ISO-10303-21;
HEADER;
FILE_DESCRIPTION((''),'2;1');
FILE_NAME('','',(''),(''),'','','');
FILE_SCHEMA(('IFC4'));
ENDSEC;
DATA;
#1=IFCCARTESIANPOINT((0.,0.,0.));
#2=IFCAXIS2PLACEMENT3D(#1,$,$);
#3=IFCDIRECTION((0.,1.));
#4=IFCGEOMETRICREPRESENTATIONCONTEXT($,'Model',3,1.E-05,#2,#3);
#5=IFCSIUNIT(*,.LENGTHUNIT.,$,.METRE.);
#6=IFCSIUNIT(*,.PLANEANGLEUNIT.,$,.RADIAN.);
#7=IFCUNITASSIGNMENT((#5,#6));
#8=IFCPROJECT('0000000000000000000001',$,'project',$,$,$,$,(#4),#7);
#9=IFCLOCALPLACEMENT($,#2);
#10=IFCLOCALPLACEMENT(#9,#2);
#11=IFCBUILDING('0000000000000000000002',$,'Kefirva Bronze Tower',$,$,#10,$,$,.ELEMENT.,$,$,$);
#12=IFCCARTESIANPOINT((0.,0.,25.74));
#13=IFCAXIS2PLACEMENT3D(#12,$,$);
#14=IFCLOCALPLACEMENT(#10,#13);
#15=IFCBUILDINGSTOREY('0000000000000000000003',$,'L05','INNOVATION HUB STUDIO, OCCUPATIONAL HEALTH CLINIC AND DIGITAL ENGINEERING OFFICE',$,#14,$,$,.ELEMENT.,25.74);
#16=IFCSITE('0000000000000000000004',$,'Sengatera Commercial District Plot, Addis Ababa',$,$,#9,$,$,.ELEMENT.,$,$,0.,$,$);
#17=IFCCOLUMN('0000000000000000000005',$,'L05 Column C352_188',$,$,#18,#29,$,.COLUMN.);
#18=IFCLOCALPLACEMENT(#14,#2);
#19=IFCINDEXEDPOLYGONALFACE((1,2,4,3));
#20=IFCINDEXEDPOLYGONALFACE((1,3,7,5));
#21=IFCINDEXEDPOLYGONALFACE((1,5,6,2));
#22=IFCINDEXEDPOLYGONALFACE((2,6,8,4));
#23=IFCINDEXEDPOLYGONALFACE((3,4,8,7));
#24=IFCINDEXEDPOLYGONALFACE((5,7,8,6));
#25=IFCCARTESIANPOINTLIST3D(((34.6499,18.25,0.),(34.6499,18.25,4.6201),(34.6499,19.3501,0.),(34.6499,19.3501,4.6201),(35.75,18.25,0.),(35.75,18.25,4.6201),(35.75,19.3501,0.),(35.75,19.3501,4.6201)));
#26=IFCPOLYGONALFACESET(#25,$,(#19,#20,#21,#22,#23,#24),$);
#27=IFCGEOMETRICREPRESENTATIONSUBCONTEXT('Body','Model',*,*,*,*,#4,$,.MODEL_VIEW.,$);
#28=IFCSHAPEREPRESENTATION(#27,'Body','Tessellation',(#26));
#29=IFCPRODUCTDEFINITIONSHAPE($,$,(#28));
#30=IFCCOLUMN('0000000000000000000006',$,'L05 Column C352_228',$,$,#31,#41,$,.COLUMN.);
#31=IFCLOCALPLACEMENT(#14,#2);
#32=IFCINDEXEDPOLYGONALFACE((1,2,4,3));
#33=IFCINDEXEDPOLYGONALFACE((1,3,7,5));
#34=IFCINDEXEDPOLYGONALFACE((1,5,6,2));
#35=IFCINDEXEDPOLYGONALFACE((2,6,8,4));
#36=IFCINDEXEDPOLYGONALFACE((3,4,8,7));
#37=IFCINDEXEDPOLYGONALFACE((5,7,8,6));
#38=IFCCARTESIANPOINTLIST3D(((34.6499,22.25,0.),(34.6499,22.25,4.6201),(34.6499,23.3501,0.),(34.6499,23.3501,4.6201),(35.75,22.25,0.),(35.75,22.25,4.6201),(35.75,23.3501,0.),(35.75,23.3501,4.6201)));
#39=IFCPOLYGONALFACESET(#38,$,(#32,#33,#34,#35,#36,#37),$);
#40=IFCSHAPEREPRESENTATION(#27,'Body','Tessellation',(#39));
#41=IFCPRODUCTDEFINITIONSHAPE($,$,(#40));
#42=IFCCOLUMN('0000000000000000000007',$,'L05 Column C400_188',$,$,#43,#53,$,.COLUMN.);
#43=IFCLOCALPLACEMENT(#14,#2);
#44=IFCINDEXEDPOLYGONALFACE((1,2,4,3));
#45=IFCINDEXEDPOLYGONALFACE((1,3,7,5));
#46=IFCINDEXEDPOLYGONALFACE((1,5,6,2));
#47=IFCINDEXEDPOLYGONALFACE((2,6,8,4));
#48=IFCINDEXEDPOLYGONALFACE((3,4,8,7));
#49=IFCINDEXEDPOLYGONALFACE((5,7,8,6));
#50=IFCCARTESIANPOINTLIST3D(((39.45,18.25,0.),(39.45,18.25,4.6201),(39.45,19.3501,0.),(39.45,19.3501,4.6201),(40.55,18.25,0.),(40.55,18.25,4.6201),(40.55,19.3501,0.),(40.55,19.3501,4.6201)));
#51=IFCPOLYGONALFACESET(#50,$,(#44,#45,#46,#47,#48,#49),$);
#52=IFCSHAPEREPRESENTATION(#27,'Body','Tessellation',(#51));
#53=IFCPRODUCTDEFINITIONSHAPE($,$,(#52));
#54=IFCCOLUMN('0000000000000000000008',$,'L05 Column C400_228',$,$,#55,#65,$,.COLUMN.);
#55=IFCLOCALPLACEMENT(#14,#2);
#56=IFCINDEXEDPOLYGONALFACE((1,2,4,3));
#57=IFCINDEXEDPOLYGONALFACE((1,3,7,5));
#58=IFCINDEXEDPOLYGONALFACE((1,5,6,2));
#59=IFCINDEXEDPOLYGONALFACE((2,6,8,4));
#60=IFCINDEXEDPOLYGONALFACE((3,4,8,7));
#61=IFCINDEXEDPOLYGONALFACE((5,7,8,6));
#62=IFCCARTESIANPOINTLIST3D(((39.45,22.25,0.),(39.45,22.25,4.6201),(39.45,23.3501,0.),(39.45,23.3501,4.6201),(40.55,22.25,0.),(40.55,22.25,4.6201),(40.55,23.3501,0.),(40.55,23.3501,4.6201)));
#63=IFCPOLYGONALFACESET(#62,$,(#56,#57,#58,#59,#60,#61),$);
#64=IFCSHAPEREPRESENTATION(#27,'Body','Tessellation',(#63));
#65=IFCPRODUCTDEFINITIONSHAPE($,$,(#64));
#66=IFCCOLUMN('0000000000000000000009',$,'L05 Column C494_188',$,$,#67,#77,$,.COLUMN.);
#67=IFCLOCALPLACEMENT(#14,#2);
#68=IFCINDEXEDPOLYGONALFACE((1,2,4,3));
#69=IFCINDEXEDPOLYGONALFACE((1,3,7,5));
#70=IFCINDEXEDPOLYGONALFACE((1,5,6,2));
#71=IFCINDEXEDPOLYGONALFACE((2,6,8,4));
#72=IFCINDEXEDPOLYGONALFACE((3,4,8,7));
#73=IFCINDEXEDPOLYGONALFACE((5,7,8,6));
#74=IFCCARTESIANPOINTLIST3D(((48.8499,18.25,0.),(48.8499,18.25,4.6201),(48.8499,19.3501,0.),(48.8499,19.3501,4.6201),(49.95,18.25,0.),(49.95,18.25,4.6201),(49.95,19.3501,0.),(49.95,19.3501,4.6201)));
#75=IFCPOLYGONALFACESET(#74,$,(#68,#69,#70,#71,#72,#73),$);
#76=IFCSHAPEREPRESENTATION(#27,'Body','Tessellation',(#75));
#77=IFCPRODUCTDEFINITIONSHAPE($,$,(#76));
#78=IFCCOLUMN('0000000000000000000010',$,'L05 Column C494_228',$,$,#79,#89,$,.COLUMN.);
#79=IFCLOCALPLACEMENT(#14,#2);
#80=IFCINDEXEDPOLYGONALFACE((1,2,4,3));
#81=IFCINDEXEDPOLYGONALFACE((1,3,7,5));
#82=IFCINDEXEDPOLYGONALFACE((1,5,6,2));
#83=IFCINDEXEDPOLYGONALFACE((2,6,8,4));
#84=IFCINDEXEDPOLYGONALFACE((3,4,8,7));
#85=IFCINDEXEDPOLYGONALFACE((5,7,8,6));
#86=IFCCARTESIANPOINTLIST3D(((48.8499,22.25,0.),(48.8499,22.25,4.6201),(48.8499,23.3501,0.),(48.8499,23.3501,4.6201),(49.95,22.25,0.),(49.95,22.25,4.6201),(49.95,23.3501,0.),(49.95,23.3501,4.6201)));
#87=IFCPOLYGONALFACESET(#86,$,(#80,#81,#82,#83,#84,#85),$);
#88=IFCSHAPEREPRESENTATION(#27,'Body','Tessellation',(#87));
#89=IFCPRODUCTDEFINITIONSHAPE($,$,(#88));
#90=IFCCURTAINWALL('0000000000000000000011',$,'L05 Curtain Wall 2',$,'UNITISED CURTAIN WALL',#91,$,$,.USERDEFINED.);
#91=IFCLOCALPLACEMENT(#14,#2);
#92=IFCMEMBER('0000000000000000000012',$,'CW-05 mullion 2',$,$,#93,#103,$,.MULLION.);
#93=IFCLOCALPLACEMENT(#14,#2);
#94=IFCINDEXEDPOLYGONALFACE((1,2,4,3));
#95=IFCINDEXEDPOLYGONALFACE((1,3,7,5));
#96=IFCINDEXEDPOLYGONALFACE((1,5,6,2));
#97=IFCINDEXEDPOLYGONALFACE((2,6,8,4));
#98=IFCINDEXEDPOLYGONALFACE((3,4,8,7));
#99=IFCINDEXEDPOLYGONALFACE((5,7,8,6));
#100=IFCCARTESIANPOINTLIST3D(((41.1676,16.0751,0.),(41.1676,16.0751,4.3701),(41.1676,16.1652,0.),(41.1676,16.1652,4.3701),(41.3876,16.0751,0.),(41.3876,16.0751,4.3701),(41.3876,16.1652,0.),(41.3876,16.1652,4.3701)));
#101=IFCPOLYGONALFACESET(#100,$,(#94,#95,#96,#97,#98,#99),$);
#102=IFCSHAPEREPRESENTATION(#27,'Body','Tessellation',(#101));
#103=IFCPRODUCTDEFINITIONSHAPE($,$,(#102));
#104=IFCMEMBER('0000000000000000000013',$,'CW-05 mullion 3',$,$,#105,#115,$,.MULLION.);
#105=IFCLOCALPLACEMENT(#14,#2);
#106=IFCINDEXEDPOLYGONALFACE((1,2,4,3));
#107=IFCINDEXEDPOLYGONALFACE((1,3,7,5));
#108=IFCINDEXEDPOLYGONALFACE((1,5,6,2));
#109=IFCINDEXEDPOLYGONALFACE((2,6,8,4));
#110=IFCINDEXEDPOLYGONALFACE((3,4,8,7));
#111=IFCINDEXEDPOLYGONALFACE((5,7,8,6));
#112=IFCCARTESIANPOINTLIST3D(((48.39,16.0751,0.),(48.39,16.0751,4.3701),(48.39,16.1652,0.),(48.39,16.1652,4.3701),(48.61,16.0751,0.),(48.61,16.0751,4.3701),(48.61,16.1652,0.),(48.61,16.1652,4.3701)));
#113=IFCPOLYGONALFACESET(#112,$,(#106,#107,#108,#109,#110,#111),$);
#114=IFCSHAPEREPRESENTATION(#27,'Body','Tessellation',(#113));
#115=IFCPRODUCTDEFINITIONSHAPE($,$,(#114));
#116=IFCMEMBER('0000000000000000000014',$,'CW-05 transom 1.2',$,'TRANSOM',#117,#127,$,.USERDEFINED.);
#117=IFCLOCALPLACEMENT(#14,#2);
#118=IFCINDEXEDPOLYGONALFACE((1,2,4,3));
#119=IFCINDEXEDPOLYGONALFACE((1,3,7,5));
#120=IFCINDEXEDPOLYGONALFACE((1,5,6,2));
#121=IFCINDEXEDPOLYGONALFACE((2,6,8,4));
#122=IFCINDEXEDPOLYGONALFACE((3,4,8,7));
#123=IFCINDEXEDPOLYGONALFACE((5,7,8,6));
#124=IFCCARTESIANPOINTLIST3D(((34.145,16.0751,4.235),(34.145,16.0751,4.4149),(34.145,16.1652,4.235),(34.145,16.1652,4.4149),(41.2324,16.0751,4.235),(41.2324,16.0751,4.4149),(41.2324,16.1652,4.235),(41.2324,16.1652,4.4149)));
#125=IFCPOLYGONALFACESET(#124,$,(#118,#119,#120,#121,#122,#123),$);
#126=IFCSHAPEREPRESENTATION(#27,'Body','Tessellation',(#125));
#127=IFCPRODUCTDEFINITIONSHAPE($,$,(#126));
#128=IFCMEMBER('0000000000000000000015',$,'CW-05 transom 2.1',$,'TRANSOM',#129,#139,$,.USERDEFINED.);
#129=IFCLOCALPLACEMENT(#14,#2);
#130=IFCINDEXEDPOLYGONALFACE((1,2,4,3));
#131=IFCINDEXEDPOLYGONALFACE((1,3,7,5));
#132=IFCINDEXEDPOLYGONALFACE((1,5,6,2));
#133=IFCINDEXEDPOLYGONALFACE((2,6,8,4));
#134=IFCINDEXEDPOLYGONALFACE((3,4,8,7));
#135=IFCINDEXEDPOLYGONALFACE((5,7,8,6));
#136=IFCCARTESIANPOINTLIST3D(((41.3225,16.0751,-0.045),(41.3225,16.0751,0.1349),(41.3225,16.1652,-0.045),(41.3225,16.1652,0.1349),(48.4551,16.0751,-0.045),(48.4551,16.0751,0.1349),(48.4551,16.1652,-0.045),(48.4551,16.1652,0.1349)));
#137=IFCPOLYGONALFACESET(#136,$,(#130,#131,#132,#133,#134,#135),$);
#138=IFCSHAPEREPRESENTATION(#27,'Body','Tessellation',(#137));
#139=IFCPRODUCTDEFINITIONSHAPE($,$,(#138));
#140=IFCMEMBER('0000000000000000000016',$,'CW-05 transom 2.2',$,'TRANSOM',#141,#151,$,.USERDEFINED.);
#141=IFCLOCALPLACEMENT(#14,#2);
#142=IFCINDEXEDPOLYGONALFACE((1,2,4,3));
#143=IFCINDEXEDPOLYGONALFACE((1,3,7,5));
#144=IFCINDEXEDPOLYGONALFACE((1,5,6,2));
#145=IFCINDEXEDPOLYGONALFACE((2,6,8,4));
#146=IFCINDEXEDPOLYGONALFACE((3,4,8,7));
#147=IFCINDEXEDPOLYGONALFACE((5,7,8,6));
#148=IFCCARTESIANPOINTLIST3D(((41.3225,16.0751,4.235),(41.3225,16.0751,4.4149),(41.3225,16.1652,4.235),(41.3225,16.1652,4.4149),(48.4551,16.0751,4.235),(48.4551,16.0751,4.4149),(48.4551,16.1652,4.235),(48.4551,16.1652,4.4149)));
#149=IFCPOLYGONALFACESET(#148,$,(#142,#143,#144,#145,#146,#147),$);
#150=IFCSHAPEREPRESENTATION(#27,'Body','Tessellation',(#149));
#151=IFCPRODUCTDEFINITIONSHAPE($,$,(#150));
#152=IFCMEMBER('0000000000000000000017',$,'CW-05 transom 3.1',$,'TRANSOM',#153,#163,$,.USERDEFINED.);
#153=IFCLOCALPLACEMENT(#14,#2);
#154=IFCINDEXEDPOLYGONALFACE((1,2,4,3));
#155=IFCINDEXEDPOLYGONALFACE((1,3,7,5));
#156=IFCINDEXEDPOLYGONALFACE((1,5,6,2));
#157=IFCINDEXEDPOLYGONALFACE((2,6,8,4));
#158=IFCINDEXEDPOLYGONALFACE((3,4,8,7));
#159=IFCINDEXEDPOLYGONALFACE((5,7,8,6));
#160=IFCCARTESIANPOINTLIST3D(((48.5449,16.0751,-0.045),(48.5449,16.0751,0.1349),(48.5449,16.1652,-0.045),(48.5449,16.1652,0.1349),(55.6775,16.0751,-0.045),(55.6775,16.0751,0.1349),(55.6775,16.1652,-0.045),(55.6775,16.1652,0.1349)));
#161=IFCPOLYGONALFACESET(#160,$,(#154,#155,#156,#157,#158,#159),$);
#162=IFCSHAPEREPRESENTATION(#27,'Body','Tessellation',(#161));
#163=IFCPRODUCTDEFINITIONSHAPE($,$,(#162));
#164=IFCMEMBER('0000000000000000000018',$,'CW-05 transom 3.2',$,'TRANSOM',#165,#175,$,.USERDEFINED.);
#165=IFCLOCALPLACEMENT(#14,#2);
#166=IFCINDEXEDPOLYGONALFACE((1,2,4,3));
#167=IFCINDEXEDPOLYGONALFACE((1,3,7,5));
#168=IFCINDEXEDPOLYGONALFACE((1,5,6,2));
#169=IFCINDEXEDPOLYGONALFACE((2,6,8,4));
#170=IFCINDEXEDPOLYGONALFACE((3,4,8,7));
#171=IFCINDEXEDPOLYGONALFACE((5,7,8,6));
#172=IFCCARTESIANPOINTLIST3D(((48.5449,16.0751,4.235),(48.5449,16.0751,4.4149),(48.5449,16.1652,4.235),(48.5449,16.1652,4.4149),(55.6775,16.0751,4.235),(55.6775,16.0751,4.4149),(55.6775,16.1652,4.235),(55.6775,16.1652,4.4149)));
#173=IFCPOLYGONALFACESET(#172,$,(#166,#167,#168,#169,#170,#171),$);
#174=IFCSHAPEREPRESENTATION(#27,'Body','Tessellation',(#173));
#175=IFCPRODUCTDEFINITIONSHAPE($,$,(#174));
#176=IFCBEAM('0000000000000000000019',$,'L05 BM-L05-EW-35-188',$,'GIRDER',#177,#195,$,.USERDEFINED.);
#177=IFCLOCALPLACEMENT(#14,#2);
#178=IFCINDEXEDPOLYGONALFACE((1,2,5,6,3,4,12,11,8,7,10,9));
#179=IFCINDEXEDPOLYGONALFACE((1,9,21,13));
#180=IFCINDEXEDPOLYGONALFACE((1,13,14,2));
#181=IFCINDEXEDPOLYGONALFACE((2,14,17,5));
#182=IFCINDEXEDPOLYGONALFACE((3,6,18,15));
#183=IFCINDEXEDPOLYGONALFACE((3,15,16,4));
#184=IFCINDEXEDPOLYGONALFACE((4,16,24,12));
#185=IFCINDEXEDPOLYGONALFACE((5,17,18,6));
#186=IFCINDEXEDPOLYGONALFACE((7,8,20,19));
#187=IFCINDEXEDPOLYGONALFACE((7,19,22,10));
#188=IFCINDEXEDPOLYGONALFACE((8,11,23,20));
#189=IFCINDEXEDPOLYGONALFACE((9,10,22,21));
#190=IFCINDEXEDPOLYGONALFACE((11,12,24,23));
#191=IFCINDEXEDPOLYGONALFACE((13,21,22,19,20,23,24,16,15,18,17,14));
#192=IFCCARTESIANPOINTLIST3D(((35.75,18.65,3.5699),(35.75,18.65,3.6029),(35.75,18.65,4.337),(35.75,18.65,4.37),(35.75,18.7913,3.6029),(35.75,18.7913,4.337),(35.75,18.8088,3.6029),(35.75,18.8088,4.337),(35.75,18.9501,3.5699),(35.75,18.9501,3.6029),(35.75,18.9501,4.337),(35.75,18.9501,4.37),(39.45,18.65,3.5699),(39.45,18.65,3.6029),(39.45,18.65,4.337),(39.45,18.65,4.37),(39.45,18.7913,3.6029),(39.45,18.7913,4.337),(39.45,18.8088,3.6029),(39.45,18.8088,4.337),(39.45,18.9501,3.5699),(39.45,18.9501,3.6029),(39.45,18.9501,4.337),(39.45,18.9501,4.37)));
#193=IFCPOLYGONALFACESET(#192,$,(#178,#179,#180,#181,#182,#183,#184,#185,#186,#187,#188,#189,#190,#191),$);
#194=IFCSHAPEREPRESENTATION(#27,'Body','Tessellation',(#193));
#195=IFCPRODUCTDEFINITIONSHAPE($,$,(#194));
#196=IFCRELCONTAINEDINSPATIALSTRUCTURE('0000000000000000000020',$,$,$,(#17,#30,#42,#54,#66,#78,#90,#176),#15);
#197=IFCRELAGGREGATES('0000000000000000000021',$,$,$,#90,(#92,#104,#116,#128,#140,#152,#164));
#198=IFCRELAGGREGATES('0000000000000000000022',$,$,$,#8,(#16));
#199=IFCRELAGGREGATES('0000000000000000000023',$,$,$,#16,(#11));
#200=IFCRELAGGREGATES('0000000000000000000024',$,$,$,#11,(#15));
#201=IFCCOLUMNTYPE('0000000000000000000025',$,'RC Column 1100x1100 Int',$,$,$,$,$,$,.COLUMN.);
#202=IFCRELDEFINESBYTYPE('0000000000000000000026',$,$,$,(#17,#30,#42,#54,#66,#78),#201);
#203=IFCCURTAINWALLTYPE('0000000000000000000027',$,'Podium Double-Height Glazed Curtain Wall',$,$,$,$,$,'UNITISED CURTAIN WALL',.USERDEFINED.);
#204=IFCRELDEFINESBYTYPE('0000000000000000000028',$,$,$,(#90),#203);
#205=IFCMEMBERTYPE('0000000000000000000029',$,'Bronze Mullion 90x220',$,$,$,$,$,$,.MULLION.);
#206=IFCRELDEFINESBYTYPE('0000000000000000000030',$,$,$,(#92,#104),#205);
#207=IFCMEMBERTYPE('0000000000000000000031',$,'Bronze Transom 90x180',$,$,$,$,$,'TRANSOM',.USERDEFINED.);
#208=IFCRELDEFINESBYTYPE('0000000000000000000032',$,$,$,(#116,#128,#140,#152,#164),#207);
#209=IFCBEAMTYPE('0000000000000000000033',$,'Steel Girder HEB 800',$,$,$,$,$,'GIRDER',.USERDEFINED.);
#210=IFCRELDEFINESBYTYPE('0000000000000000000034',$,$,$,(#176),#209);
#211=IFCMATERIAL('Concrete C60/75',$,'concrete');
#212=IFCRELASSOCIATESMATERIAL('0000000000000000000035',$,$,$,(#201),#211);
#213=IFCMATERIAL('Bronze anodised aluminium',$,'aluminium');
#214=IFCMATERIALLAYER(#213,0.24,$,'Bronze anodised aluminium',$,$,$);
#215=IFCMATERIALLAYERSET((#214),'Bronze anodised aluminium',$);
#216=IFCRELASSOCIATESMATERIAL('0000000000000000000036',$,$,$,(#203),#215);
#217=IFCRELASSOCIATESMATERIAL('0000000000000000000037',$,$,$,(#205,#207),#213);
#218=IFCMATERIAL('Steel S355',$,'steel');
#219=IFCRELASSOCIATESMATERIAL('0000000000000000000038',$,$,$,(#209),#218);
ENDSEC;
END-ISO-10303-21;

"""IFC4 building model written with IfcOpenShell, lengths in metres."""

from ifc_helpers import new_model, si_unit, direction, frame, origin, origin_2d, place, context, subcontext, project, spatial, rectangle, i_section, extrude, material, layer, layer_set, material_profile, profile_set, type_object, element, aggregate, save


model = new_model("IFC4")

# Units and contexts
model_context = context("Model", 3, precision=1e-05, world=origin(), true_north=direction((0.0, 1.0)))
body_context = subcontext(model_context, "Body", "Model", "MODEL_VIEW")
ifc_project = project(units=[si_unit("LENGTHUNIT", "METRE"), si_unit("PLANEANGLEUNIT", "RADIAN")], contexts=[model_context])

# Site, building, storey
site_placement = place(None, origin())
site = spatial("IfcSite", under=ifc_project, at=site_placement, Name="Sengatera Commercial District Plot, Addis Ababa", CompositionType="ELEMENT", RefElevation=0.0)
building_placement = place(site_placement, origin())
building = spatial("IfcBuilding", under=site, at=building_placement, Name="Kefirva Bronze Tower", CompositionType="ELEMENT")
storey_placement = place(building_placement, frame((0.0, 0.0, 25.74)))
storey = spatial("IfcBuildingStorey", under=building, at=storey_placement, Name="L05", Description="INNOVATION HUB STUDIO, OCCUPATIONAL HEALTH CLINIC AND DIGITAL ENGINEERING OFFICE", CompositionType="ELEMENT", Elevation=25.74)

# Columns
ifc_material_1 = material(Name="Concrete C60/75", Category="concrete")
ifc_material_profile_1 = material_profile(ifc_material_1, rectangle(XDim=1.1001, YDim=1.1001, at=origin_2d()), Name="RC 1100x1100")
ifc_profile_set_1 = profile_set([ifc_material_profile_1], Name="Concrete C60/75")
column_type = type_object("IfcColumnType", Name="RC Column 1100x1100 Int", PredefinedType="COLUMN", material=ifc_profile_set_1)
for number, where, z_axis, x_axis, name in (
    (1, (35.2, 18.8, 0.0), (0.0, 0.0, 1.0), (1.0, 0.0, 0.0), "L05 Column C352_188"),
    (2, (35.2, 22.8, 0.0), (0.0, 0.0, 1.0), (1.0, 0.0, 0.0), "L05 Column C352_228"),
    (3, (40.0, 18.8, 0.0), (0.0, 0.0, 1.0), (1.0, 0.0, 0.0), "L05 Column C400_188"),
    (4, (40.0, 22.8, 0.0), (0.0, 0.0, 1.0), (1.0, 0.0, 0.0), "L05 Column C400_228"),
    (5, (49.3999, 18.8, 0.0), (0.0, 0.0, 1.0), (1.0, 0.0, 0.0), "L05 Column C494_188"),
    (6, (49.3999, 22.8, 0.0), (0.0, 0.0, 1.0), (1.0, 0.0, 0.0), "L05 Column C494_228"),
):
    element("IfcColumn", number, at=place(storey_placement, frame(where, z_axis=z_axis, x_axis=x_axis)), inside=storey, type_object=column_type, Name=name, PredefinedType="COLUMN", context=body_context, shape_type="SweptSolid", body=[
        extrude(rectangle(XDim=1.1001, YDim=1.1001, at=origin_2d()), origin(), (0.0, 0.0, 1.0), 4.6201),
    ])

# Curtain wall, members
ifc_material_2 = material(Name="Bronze anodised aluminium", Category="aluminium")
ifc_layer_1 = layer(ifc_material_2, 0.24, Name="Bronze anodised aluminium")
ifc_layer_set_1 = layer_set([ifc_layer_1], Name="Bronze anodised aluminium")
curtain_wall_type = type_object("IfcCurtainWallType", Name="Podium Double-Height Glazed Curtain Wall", ElementType="UNITISED CURTAIN WALL", PredefinedType="USERDEFINED", material=ifc_layer_set_1)
curtain_wall_placement = place(storey_placement, origin())
curtain_wall = element("IfcCurtainWall", 7, at=curtain_wall_placement, inside=storey, type_object=curtain_wall_type, Name="L05 Curtain Wall 2", ObjectType="UNITISED CURTAIN WALL", PredefinedType="USERDEFINED")
ifc_material_profile_2 = material_profile(ifc_material_2, rectangle(XDim=0.0901, YDim=0.22, at=origin_2d()), Name="ALU 90x220")
ifc_profile_set_2 = profile_set([ifc_material_profile_2], Name="Bronze anodised aluminium")
member_type_1 = type_object("IfcMemberType", Name="Bronze Mullion 90x220", PredefinedType="MULLION", material=ifc_profile_set_2)
member_1_placement = place(storey_placement, frame((41.2776, 16.1201, 0.0), z_axis=(0.0, 0.0, 1.0), x_axis=(0.0, 1.0, 0.0)))
member_1 = element("IfcMember", 8, at=member_1_placement, type_object=member_type_1, Name="CW-05 mullion 2", PredefinedType="MULLION", context=body_context, shape_type="SweptSolid", body=[
    extrude(rectangle(XDim=0.0901, YDim=0.22, at=origin_2d()), origin(), (0.0, 0.0, 1.0), 4.3701),
])
member_2_placement = place(storey_placement, frame((48.5, 16.1201, 0.0), z_axis=(0.0, 0.0, 1.0), x_axis=(0.0, 1.0, 0.0)))
member_2 = element("IfcMember", 9, at=member_2_placement, type_object=member_type_1, Name="CW-05 mullion 3", PredefinedType="MULLION", context=body_context, shape_type="SweptSolid", body=[
    extrude(rectangle(XDim=0.0901, YDim=0.22, at=origin_2d()), origin(), (0.0, 0.0, 1.0), 4.3701),
])
ifc_material_profile_3 = material_profile(ifc_material_2, rectangle(XDim=0.0901, YDim=0.1799, at=origin_2d()), Name="ALU 90x180")
ifc_profile_set_3 = profile_set([ifc_material_profile_3], Name="Bronze anodised aluminium")
member_type_2 = type_object("IfcMemberType", Name="Bronze Transom 90x180", ElementType="TRANSOM", PredefinedType="USERDEFINED", material=ifc_profile_set_3)
member_3_placement = place(storey_placement, frame((34.145, 16.1201, 4.325), z_axis=(1.0, 0.0, 0.0), x_axis=(0.0, 1.0, 0.0)))
member_3 = element("IfcMember", 10, at=member_3_placement, type_object=member_type_2, Name="CW-05 transom 1.2", ObjectType="TRANSOM", PredefinedType="USERDEFINED", context=body_context, shape_type="SweptSolid", body=[
    extrude(rectangle(XDim=0.0901, YDim=0.1799, at=origin_2d()), origin(), (0.0, 0.0, 1.0), 7.0874),
])
member_4_placement = place(storey_placement, frame((41.3225, 16.1201, 0.0449), z_axis=(1.0, 0.0, 0.0), x_axis=(0.0, 1.0, 0.0)))
member_4 = element("IfcMember", 11, at=member_4_placement, type_object=member_type_2, Name="CW-05 transom 2.1", ObjectType="TRANSOM", PredefinedType="USERDEFINED", context=body_context, shape_type="SweptSolid", body=[
    extrude(rectangle(XDim=0.0901, YDim=0.1799, at=origin_2d()), origin(), (0.0, 0.0, 1.0), 7.1326),
])
member_5_placement = place(storey_placement, frame((41.3225, 16.1201, 4.325), z_axis=(1.0, 0.0, 0.0), x_axis=(0.0, 1.0, 0.0)))
member_5 = element("IfcMember", 12, at=member_5_placement, type_object=member_type_2, Name="CW-05 transom 2.2", ObjectType="TRANSOM", PredefinedType="USERDEFINED", context=body_context, shape_type="SweptSolid", body=[
    extrude(rectangle(XDim=0.0901, YDim=0.1799, at=origin_2d()), origin(), (0.0, 0.0, 1.0), 7.1326),
])
member_6_placement = place(storey_placement, frame((48.5449, 16.1201, 0.0449), z_axis=(1.0, 0.0, 0.0), x_axis=(0.0, 1.0, 0.0)))
member_6 = element("IfcMember", 13, at=member_6_placement, type_object=member_type_2, Name="CW-05 transom 3.1", ObjectType="TRANSOM", PredefinedType="USERDEFINED", context=body_context, shape_type="SweptSolid", body=[
    extrude(rectangle(XDim=0.0901, YDim=0.1799, at=origin_2d()), origin(), (0.0, 0.0, 1.0), 7.1326),
])
member_7_placement = place(storey_placement, frame((48.5449, 16.1201, 4.325), z_axis=(1.0, 0.0, 0.0), x_axis=(0.0, 1.0, 0.0)))
member_7 = element("IfcMember", 14, at=member_7_placement, type_object=member_type_2, Name="CW-05 transom 3.2", ObjectType="TRANSOM", PredefinedType="USERDEFINED", context=body_context, shape_type="SweptSolid", body=[
    extrude(rectangle(XDim=0.0901, YDim=0.1799, at=origin_2d()), origin(), (0.0, 0.0, 1.0), 7.1326),
])

# Beam
ifc_material_3 = material(Name="Steel S355", Category="steel")
ifc_material_profile_4 = material_profile(ifc_material_3, i_section(OverallWidth=0.3, OverallDepth=0.8, WebThickness=0.0176, FlangeThickness=0.033, at=origin_2d()), Name="HEB 800")
ifc_profile_set_4 = profile_set([ifc_material_profile_4], Name="Steel S355")
beam_type = type_object("IfcBeamType", Name="Steel Girder HEB 800", ElementType="GIRDER", PredefinedType="USERDEFINED", material=ifc_profile_set_4)
beam_1_placement = place(storey_placement, frame((35.75, 18.8, 3.97), z_axis=(1.0, 0.0, 0.0), x_axis=(0.0, 1.0, 0.0)))
element("IfcBeam", 15, at=beam_1_placement, inside=storey, type_object=beam_type, Name="L05 BM-L05-EW-35-188", ObjectType="GIRDER", PredefinedType="USERDEFINED", context=body_context, shape_type="SweptSolid", body=[
    extrude(i_section(OverallWidth=0.3, OverallDepth=0.8, WebThickness=0.0176, FlangeThickness=0.033, at=origin_2d()), origin(), (0.0, 0.0, 1.0), 3.7),
])

aggregate(curtain_wall, [member_1, member_2, member_3, member_4, member_5, member_6, member_7])

save(model, "model.ifc")
